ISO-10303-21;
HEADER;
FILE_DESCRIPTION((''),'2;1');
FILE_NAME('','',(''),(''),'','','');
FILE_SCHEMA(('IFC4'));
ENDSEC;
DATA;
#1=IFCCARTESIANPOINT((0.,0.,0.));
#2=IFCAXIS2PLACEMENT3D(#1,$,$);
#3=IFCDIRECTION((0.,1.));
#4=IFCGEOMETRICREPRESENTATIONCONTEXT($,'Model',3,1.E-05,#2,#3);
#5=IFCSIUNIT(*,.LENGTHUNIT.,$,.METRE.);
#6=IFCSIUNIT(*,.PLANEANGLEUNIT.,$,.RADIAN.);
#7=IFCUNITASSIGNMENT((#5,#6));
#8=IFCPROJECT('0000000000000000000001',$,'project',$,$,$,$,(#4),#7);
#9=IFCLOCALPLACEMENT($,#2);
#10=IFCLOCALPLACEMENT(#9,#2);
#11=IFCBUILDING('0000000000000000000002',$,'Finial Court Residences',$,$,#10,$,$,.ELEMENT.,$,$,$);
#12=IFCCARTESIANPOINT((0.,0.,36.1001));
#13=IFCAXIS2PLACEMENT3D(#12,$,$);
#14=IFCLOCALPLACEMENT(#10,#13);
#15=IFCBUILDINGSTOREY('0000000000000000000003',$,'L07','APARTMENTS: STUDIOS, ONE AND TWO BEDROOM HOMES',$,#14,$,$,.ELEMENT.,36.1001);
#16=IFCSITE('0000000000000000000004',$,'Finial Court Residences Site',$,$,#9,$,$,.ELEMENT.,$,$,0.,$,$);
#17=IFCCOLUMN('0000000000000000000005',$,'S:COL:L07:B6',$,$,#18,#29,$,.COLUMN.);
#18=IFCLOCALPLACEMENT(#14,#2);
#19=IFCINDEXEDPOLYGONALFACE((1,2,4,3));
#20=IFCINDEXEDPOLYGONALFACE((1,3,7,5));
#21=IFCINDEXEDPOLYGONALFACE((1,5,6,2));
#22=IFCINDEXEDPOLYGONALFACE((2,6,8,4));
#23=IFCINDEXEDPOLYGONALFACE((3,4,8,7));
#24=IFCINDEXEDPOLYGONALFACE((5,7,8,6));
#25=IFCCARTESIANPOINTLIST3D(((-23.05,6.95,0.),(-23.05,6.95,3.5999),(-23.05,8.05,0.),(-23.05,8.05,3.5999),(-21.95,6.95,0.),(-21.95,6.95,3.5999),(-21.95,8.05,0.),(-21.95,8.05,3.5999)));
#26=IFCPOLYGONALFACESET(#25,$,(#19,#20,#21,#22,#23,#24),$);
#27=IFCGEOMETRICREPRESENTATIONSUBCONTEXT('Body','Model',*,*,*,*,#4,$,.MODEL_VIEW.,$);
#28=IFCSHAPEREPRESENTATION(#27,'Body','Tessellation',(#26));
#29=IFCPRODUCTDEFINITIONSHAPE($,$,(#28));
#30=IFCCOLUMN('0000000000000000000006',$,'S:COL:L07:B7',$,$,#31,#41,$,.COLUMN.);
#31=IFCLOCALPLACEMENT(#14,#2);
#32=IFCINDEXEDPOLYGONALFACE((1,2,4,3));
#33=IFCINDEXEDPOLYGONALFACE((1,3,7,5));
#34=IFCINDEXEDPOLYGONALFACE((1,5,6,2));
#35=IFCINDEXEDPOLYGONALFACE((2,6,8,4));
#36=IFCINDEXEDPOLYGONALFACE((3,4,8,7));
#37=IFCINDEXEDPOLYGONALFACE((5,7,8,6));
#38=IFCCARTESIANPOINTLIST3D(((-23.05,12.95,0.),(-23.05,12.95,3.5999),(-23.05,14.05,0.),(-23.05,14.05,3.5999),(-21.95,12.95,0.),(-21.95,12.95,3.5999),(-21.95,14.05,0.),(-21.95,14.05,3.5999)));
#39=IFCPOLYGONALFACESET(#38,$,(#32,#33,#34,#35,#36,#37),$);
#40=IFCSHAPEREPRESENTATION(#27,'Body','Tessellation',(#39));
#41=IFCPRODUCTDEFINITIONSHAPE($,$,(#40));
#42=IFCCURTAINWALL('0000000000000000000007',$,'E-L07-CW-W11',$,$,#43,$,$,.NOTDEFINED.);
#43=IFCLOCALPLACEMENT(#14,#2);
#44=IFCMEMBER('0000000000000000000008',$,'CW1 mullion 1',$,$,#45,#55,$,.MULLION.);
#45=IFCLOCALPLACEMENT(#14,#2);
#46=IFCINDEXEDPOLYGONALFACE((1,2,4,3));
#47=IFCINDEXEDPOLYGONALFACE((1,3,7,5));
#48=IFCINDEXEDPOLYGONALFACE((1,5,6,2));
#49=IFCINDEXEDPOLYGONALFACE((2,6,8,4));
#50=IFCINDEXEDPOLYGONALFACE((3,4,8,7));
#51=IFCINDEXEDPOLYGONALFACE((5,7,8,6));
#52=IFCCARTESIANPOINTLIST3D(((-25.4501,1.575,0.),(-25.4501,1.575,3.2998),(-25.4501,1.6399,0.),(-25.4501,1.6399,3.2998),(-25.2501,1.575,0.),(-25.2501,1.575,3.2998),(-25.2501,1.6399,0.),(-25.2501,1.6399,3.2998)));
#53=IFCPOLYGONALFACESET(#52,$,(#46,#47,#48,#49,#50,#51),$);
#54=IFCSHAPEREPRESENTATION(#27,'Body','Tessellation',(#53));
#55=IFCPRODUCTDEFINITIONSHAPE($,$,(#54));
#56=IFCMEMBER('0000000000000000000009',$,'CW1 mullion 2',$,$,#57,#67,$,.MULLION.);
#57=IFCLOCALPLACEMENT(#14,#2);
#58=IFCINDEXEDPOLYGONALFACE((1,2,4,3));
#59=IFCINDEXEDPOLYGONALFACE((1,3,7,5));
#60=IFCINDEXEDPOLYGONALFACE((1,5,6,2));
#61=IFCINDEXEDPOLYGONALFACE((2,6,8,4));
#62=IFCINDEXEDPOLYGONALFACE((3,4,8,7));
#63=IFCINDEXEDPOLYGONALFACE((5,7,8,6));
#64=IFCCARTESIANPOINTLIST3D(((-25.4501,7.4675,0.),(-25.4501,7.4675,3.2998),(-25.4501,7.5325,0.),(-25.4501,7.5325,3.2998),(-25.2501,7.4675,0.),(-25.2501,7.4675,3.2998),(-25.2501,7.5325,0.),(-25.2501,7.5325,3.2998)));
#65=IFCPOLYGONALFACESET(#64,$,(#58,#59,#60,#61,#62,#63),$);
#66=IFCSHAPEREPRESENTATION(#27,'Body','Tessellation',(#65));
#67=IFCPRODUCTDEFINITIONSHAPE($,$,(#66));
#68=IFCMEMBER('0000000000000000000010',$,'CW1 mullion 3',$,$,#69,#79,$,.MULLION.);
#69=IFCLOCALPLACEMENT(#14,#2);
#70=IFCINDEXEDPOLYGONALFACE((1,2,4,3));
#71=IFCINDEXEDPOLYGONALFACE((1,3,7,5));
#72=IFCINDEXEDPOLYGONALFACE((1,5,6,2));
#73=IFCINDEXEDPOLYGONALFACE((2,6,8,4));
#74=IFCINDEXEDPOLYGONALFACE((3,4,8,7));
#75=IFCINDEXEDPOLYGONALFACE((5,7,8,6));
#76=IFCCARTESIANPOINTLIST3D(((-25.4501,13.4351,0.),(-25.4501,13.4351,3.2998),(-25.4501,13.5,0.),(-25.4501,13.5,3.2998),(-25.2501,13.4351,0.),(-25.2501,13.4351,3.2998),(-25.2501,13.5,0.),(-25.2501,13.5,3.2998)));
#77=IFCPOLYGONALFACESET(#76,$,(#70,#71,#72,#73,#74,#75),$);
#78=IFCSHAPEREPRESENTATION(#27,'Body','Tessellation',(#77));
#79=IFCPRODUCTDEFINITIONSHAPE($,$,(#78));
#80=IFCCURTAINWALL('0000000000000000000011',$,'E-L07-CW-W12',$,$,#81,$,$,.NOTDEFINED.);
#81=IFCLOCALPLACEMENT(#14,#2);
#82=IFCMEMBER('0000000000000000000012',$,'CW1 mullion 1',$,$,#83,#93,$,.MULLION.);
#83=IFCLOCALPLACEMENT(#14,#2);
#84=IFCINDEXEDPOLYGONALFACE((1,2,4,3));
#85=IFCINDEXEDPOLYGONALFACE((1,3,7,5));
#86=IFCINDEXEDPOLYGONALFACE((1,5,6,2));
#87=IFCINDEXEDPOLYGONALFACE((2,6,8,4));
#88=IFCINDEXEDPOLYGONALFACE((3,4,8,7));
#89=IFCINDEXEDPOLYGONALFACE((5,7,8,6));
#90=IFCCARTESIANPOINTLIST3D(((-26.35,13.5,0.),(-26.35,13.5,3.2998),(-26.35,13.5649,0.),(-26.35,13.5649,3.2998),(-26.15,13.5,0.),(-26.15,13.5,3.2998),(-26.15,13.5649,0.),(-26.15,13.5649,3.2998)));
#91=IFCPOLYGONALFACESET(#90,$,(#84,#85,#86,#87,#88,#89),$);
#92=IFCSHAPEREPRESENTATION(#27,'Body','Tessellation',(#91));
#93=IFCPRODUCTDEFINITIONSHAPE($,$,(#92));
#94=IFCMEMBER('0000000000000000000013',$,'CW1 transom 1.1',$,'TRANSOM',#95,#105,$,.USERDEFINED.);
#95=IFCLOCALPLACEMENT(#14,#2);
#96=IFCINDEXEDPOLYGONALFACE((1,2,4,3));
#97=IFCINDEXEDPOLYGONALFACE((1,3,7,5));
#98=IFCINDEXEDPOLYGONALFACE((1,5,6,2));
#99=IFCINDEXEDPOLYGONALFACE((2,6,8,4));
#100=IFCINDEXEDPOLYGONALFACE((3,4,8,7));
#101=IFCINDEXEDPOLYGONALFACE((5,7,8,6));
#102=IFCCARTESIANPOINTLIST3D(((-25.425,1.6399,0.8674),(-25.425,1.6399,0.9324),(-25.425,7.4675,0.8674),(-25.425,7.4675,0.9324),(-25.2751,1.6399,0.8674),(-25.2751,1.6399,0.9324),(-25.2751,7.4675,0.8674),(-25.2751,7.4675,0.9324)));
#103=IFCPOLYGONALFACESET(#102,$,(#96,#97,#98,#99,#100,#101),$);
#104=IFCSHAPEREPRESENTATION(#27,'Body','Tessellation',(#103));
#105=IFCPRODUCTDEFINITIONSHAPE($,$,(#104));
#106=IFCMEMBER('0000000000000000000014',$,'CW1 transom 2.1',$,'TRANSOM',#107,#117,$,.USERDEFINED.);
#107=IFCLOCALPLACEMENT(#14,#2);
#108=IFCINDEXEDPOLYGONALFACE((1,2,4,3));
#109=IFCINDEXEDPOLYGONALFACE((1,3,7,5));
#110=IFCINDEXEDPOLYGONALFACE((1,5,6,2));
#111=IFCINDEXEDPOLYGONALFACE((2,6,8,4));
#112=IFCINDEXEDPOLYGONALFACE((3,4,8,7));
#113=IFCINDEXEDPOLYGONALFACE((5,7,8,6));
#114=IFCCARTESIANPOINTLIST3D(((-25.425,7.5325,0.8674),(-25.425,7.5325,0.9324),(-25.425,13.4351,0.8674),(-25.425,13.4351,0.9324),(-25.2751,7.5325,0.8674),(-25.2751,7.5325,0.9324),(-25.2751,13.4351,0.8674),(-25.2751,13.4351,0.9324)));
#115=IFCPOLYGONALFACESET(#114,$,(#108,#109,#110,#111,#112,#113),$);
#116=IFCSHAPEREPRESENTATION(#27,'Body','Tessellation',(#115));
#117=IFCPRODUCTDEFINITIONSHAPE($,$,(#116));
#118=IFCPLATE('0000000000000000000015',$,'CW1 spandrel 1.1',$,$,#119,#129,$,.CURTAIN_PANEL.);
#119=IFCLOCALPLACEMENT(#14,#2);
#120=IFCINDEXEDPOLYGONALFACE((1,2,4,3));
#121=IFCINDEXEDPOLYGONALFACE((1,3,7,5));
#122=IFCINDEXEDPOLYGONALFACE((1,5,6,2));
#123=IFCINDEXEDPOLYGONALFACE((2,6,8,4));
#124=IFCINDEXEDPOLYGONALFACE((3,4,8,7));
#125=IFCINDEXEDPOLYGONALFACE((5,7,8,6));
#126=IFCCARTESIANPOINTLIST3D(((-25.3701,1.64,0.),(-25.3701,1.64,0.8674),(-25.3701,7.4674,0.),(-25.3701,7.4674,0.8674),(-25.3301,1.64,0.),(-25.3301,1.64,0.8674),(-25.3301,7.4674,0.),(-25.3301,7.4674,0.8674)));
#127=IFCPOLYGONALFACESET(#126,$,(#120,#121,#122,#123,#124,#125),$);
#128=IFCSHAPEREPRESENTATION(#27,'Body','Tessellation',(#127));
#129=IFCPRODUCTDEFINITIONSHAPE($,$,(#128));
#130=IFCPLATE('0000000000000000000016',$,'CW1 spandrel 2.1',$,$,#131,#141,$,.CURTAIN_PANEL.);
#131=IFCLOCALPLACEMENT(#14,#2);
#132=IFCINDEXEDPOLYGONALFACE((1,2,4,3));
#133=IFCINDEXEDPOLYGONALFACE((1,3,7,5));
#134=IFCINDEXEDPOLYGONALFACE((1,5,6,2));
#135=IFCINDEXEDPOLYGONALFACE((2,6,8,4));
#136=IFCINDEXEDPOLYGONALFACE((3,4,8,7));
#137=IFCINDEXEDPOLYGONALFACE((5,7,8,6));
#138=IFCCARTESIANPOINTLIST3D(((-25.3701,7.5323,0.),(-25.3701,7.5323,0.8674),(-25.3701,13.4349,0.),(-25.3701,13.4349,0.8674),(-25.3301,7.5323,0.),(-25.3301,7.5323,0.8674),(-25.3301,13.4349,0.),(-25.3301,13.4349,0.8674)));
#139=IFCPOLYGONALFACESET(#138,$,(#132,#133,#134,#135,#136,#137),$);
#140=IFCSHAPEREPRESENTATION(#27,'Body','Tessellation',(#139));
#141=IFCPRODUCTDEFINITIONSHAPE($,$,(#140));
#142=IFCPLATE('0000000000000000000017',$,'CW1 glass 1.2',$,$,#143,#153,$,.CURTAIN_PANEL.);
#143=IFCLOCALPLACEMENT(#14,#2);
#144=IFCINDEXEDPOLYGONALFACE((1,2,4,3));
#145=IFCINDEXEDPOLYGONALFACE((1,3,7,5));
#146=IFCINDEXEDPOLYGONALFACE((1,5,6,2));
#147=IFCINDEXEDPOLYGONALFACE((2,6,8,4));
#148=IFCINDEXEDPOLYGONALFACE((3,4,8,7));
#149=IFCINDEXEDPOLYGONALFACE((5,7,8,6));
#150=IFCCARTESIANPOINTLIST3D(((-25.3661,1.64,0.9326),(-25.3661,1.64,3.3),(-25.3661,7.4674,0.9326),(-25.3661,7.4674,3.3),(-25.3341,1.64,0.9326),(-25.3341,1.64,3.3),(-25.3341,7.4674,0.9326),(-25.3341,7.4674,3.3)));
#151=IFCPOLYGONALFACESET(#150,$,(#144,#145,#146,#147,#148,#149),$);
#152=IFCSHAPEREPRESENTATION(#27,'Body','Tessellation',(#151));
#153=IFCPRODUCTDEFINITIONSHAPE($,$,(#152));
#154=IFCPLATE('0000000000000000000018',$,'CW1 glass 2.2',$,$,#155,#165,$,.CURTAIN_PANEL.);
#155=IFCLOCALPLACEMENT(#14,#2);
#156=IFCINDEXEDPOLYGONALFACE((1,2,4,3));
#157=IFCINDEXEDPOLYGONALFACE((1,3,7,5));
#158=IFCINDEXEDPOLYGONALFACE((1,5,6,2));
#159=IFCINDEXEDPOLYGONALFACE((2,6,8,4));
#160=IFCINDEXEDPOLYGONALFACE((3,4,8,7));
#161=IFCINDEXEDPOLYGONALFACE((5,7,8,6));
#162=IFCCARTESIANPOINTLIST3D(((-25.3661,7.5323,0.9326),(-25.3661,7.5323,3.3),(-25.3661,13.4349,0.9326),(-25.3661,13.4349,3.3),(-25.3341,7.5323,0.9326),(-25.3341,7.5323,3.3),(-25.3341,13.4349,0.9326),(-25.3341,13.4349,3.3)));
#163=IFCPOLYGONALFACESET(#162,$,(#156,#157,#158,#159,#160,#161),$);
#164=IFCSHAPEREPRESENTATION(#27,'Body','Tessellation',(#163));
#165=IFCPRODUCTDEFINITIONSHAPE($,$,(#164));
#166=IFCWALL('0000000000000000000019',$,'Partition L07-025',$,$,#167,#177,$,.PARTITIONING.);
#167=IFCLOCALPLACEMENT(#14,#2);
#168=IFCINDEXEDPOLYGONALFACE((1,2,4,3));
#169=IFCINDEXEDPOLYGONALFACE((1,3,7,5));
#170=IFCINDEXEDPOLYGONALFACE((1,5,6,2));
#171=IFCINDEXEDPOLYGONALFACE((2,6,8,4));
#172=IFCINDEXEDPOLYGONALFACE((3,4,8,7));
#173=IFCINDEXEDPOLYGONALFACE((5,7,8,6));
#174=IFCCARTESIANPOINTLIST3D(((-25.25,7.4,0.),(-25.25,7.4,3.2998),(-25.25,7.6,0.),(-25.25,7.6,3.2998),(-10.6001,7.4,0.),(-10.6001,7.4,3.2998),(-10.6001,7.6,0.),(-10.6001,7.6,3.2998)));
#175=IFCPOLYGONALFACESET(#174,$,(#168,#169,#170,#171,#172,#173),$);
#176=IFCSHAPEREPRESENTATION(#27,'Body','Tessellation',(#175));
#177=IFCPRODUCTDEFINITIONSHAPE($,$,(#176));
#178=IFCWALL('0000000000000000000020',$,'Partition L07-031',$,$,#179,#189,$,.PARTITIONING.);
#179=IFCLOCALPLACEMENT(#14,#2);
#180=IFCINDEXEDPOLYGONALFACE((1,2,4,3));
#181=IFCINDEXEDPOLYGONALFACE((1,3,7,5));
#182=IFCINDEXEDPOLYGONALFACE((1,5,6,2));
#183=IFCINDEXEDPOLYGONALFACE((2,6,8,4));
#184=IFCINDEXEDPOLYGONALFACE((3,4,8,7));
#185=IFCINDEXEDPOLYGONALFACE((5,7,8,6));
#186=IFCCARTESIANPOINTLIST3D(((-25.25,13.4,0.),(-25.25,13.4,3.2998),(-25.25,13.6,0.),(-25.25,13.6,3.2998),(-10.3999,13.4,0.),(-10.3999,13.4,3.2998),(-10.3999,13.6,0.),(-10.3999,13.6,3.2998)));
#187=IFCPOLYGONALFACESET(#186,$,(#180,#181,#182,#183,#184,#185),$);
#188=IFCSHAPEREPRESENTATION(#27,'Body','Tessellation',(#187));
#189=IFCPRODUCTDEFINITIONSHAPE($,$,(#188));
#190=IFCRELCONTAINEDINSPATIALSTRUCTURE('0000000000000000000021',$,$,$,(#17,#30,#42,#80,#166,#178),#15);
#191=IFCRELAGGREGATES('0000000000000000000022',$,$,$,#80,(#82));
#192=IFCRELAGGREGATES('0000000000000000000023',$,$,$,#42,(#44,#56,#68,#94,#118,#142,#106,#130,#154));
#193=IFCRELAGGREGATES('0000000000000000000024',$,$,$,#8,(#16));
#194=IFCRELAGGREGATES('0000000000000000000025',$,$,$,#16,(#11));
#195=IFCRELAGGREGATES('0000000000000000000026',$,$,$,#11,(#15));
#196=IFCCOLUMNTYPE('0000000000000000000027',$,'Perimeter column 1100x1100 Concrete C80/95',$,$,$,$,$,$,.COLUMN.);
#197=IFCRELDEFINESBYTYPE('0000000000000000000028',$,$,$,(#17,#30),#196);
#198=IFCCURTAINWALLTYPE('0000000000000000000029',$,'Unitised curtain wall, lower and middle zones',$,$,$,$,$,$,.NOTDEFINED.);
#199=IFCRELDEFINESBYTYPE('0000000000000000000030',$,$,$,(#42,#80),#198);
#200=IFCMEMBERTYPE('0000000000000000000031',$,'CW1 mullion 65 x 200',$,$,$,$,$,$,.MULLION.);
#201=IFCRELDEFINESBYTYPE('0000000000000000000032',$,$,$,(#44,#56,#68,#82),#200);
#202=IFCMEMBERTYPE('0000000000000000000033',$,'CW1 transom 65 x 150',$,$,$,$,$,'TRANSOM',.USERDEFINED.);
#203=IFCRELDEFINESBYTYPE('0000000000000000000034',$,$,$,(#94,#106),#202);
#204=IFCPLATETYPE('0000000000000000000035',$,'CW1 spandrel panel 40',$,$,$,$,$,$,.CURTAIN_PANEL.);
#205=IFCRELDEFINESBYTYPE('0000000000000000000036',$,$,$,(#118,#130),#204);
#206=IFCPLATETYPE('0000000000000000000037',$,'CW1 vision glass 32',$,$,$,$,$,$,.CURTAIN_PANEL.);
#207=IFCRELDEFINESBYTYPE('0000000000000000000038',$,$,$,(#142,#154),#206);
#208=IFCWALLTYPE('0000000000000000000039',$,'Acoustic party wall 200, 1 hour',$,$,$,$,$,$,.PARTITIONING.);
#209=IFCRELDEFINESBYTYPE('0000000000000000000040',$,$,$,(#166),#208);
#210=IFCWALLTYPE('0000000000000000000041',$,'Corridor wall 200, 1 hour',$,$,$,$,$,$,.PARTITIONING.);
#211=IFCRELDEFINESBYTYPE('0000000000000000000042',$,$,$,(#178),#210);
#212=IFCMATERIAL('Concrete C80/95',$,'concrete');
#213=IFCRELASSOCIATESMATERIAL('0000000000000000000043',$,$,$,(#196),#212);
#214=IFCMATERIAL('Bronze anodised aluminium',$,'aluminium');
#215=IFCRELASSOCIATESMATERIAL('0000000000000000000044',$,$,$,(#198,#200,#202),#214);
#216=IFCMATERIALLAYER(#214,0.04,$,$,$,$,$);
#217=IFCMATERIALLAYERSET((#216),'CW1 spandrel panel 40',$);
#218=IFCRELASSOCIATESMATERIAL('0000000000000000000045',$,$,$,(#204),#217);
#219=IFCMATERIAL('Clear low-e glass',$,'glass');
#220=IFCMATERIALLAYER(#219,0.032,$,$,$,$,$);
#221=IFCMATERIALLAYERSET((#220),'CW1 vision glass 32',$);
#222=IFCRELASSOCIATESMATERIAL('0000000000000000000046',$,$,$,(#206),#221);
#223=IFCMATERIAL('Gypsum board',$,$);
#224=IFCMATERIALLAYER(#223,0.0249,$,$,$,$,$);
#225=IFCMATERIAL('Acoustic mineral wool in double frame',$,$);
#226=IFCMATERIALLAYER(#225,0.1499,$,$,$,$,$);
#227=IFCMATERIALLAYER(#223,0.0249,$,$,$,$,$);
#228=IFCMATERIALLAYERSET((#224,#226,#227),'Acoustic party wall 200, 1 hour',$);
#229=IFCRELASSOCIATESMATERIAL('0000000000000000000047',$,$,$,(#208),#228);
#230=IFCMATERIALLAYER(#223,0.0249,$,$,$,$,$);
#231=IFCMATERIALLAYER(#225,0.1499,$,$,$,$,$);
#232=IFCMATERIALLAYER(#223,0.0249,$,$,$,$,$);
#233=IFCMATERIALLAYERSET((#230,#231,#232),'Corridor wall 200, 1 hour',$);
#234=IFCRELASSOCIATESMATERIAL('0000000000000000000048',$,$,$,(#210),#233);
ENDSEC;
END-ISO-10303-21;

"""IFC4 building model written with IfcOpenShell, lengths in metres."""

from ifc_helpers import new_model, si_unit, direction, frame, frame_2d, origin, origin_2d, place, context, subcontext, project, spatial, rectangle, extrude, material, layer, layer_set, material_profile, profile_set, type_object, element, aggregate, save


model = new_model("IFC4")

# Units and contexts
model_context = context("Model", 3, precision=1e-05, world=origin(), true_north=direction((0.0, 1.0)))
body_context = subcontext(model_context, "Body", "Model", "MODEL_VIEW")
ifc_project = project(units=[si_unit("LENGTHUNIT", "METRE"), si_unit("PLANEANGLEUNIT", "RADIAN")], contexts=[model_context])

# Site, building, storey
site_placement = place(None, origin())
site = spatial("IfcSite", under=ifc_project, at=site_placement, Name="Finial Court Residences Site", CompositionType="ELEMENT", RefElevation=0.0)
building_placement = place(site_placement, origin())
building = spatial("IfcBuilding", under=site, at=building_placement, Name="Finial Court Residences", CompositionType="ELEMENT")
storey_placement = place(building_placement, frame((0.0, 0.0, 36.1001)))
storey = spatial("IfcBuildingStorey", under=building, at=storey_placement, Name="L07", Description="APARTMENTS: STUDIOS, ONE AND TWO BEDROOM HOMES", CompositionType="ELEMENT", Elevation=36.1001)

# Columns
ifc_material_1 = material(Name="Concrete C80/95", Category="concrete")
ifc_material_profile_1 = material_profile(ifc_material_1, rectangle(XDim=1.1001, YDim=1.1001, at=origin_2d()), Name="1100x1100")
ifc_profile_set_1 = profile_set([ifc_material_profile_1], Name="Concrete C80/95")
column_type = type_object("IfcColumnType", Name="Perimeter column 1100x1100 Concrete C80/95", PredefinedType="COLUMN", material=ifc_profile_set_1)
for number, where, z_axis, x_axis, name in (
    (1, (-22.5, 7.5, 0.0), (0.0, 0.0, 1.0), (1.0, 0.0, 0.0), "S:COL:L07:B6"),
    (2, (-22.5, 13.5, 0.0), (0.0, 0.0, 1.0), (1.0, 0.0, 0.0), "S:COL:L07:B7"),
):
    element("IfcColumn", number, at=place(storey_placement, frame(where, z_axis=z_axis, x_axis=x_axis)), inside=storey, type_object=column_type, Name=name, PredefinedType="COLUMN", context=body_context, shape_type="SweptSolid", body=[
        extrude(rectangle(XDim=1.1001, YDim=1.1001, at=origin_2d()), origin(), (0.0, 0.0, 1.0), 3.5999),
    ])

# Curtain wall, members
ifc_material_2 = material(Name="Bronze anodised aluminium", Category="aluminium")
curtain_wall_type = type_object("IfcCurtainWallType", Name="Unitised curtain wall, lower and middle zones", PredefinedType="NOTDEFINED", material=ifc_material_2)
curtain_wall_1_placement = place(storey_placement, origin())
curtain_wall_1 = element("IfcCurtainWall", 3, at=curtain_wall_1_placement, inside=storey, type_object=curtain_wall_type, Name="E-L07-CW-W11", PredefinedType="NOTDEFINED")
ifc_material_profile_2 = material_profile(ifc_material_2, rectangle(XDim=0.2, YDim=0.0649, at=origin_2d()), Name="CW1 mullion 65 x 200")
ifc_profile_set_2 = profile_set([ifc_material_profile_2], Name="Bronze anodised aluminium")
member_type_1 = type_object("IfcMemberType", Name="CW1 mullion 65 x 200", PredefinedType="MULLION", material=ifc_profile_set_2)
member_1_placement = place(storey_placement, frame((-25.3501, 1.6074, 0.0), z_axis=(0.0, 0.0, 1.0), x_axis=(-1.0, 0.0, 0.0)))
member_1 = element("IfcMember", 4, at=member_1_placement, type_object=member_type_1, Name="CW1 mullion 1", PredefinedType="MULLION", context=body_context, shape_type="SweptSolid", body=[
    extrude(rectangle(XDim=0.2, YDim=0.0649, at=origin_2d()), origin(), (0.0, 0.0, 1.0), 3.2998),
])
member_2_placement = place(storey_placement, frame((-25.3501, 7.5, 0.0), z_axis=(0.0, 0.0, 1.0), x_axis=(-1.0, 0.0, 0.0)))
member_2 = element("IfcMember", 5, at=member_2_placement, type_object=member_type_1, Name="CW1 mullion 2", PredefinedType="MULLION", context=body_context, shape_type="SweptSolid", body=[
    extrude(rectangle(XDim=0.2, YDim=0.0649, at=origin_2d()), origin(), (0.0, 0.0, 1.0), 3.2998),
])
member_3_placement = place(storey_placement, frame((-25.3501, 13.4675, 0.0), z_axis=(0.0, 0.0, 1.0), x_axis=(-1.0, 0.0, 0.0)))
member_3 = element("IfcMember", 6, at=member_3_placement, type_object=member_type_1, Name="CW1 mullion 3", PredefinedType="MULLION", context=body_context, shape_type="SweptSolid", body=[
    extrude(rectangle(XDim=0.2, YDim=0.0649, at=origin_2d()), origin(), (0.0, 0.0, 1.0), 3.2998),
])

# Curtain wall, member
curtain_wall_2_placement = place(storey_placement, origin())
curtain_wall_2 = element("IfcCurtainWall", 7, at=curtain_wall_2_placement, inside=storey, type_object=curtain_wall_type, Name="E-L07-CW-W12", PredefinedType="NOTDEFINED")
member_4_placement = place(storey_placement, frame((-26.25, 13.5325, 0.0), z_axis=(0.0, 0.0, 1.0), x_axis=(-1.0, 0.0, 0.0)))
member_4 = element("IfcMember", 8, at=member_4_placement, type_object=member_type_1, Name="CW1 mullion 1", PredefinedType="MULLION", context=body_context, shape_type="SweptSolid", body=[
    extrude(rectangle(XDim=0.2, YDim=0.0649, at=origin_2d()), origin(), (0.0, 0.0, 1.0), 3.2998),
])
aggregate(curtain_wall_2, [member_4])

# Members
ifc_material_profile_3 = material_profile(ifc_material_2, rectangle(XDim=0.1499, YDim=0.0649, at=origin_2d()), Name="CW1 transom 65 x 150")
ifc_profile_set_3 = profile_set([ifc_material_profile_3], Name="Bronze anodised aluminium")
member_type_2 = type_object("IfcMemberType", Name="CW1 transom 65 x 150", ElementType="TRANSOM", PredefinedType="USERDEFINED", material=ifc_profile_set_3)
member_5_placement = place(storey_placement, frame((-25.3501, 1.6399, 0.8999), z_axis=(0.0, 1.0, 0.0), x_axis=(-1.0, 0.0, 0.0)))
member_5 = element("IfcMember", 9, at=member_5_placement, type_object=member_type_2, Name="CW1 transom 1.1", ObjectType="TRANSOM", PredefinedType="USERDEFINED", context=body_context, shape_type="SweptSolid", body=[
    extrude(rectangle(XDim=0.1499, YDim=0.0649, at=origin_2d()), origin(), (0.0, 0.0, 1.0), 5.8276),
])
member_6_placement = place(storey_placement, frame((-25.3501, 7.5325, 0.8999), z_axis=(0.0, 1.0, 0.0), x_axis=(-1.0, 0.0, 0.0)))
member_6 = element("IfcMember", 10, at=member_6_placement, type_object=member_type_2, Name="CW1 transom 2.1", ObjectType="TRANSOM", PredefinedType="USERDEFINED", context=body_context, shape_type="SweptSolid", body=[
    extrude(rectangle(XDim=0.1499, YDim=0.0649, at=origin_2d()), origin(), (0.0, 0.0, 1.0), 5.9026),
])

# Plates
ifc_layer_1 = layer(ifc_material_2, 0.04)
ifc_layer_set_1 = layer_set([ifc_layer_1], Name="CW1 spandrel panel 40")
plate_type_1 = type_object("IfcPlateType", Name="CW1 spandrel panel 40", PredefinedType="CURTAIN_PANEL", material=ifc_layer_set_1)
plate_1_placement = place(storey_placement, frame((-25.3501, 4.5537, 0.0), z_axis=(0.0, 0.0, 1.0), x_axis=(0.0, 1.0, 0.0)))
plate_1 = element("IfcPlate", 11, at=plate_1_placement, type_object=plate_type_1, Name="CW1 spandrel 1.1", PredefinedType="CURTAIN_PANEL", context=body_context, shape_type="SweptSolid", body=[
    extrude(rectangle(XDim=5.8274, YDim=0.04, at=origin_2d()), origin(), (0.0, 0.0, 1.0), 0.8674),
])
plate_2_placement = place(storey_placement, frame((-25.3501, 10.4836, 0.0), z_axis=(0.0, 0.0, 1.0), x_axis=(0.0, 1.0, 0.0)))
plate_2 = element("IfcPlate", 12, at=plate_2_placement, type_object=plate_type_1, Name="CW1 spandrel 2.1", PredefinedType="CURTAIN_PANEL", context=body_context, shape_type="SweptSolid", body=[
    extrude(rectangle(XDim=5.9026, YDim=0.04, at=origin_2d()), origin(), (0.0, 0.0, 1.0), 0.8674),
])
ifc_material_3 = material(Name="Clear low-e glass", Category="glass")
ifc_layer_2 = layer(ifc_material_3, 0.032)
ifc_layer_set_2 = layer_set([ifc_layer_2], Name="CW1 vision glass 32")
plate_type_2 = type_object("IfcPlateType", Name="CW1 vision glass 32", PredefinedType="CURTAIN_PANEL", material=ifc_layer_set_2)
plate_3_placement = place(storey_placement, frame((-25.3501, 4.5537, 0.9326), z_axis=(0.0, 0.0, 1.0), x_axis=(0.0, 1.0, 0.0)))
plate_3 = element("IfcPlate", 13, at=plate_3_placement, type_object=plate_type_2, Name="CW1 glass 1.2", PredefinedType="CURTAIN_PANEL", context=body_context, shape_type="SweptSolid", body=[
    extrude(rectangle(XDim=5.8274, YDim=0.032, at=origin_2d()), origin(), (0.0, 0.0, 1.0), 2.3674),
])
plate_4_placement = place(storey_placement, frame((-25.3501, 10.4836, 0.9326), z_axis=(0.0, 0.0, 1.0), x_axis=(0.0, 1.0, 0.0)))
plate_4 = element("IfcPlate", 14, at=plate_4_placement, type_object=plate_type_2, Name="CW1 glass 2.2", PredefinedType="CURTAIN_PANEL", context=body_context, shape_type="SweptSolid", body=[
    extrude(rectangle(XDim=5.9026, YDim=0.032, at=origin_2d()), origin(), (0.0, 0.0, 1.0), 2.3674),
])
aggregate(curtain_wall_1, [member_1, member_2, member_3, member_5, plate_1, plate_3, member_6, plate_2, plate_4])

# Walls
ifc_material_4 = material(Name="Gypsum board")
ifc_layer_3 = layer(ifc_material_4, 0.0249)
ifc_material_5 = material(Name="Acoustic mineral wool in double frame")
ifc_layer_4 = layer(ifc_material_5, 0.1499)
ifc_layer_5 = layer(ifc_material_4, 0.0249)
ifc_layer_set_3 = layer_set([ifc_layer_3, ifc_layer_4, ifc_layer_5], Name="Acoustic party wall 200, 1 hour")
wall_type_1 = type_object("IfcWallType", Name="Acoustic party wall 200, 1 hour", PredefinedType="PARTITIONING", material=ifc_layer_set_3)
wall_1_placement = place(storey_placement, frame((-25.25, 7.5, 0.0), z_axis=(0.0, 0.0, 1.0), x_axis=(1.0, 0.0, 0.0)))
element("IfcWall", 15, at=wall_1_placement, inside=storey, type_object=wall_type_1, Name="Partition L07-025", PredefinedType="PARTITIONING", context=body_context, shape_type="SweptSolid", body=[
    extrude(rectangle(XDim=14.6499, YDim=0.2, at=frame_2d((7.325, 0.0))), origin(), (0.0, 0.0, 1.0), 3.2998),
])
ifc_layer_6 = layer(ifc_material_4, 0.0249)
ifc_layer_7 = layer(ifc_material_5, 0.1499)
ifc_layer_8 = layer(ifc_material_4, 0.0249)
ifc_layer_set_4 = layer_set([ifc_layer_6, ifc_layer_7, ifc_layer_8], Name="Corridor wall 200, 1 hour")
wall_type_2 = type_object("IfcWallType", Name="Corridor wall 200, 1 hour", PredefinedType="PARTITIONING", material=ifc_layer_set_4)
wall_2_placement = place(storey_placement, frame((-25.25, 13.5, 0.0), z_axis=(0.0, 0.0, 1.0), x_axis=(1.0, 0.0, 0.0)))
element("IfcWall", 16, at=wall_2_placement, inside=storey, type_object=wall_type_2, Name="Partition L07-031", PredefinedType="PARTITIONING", context=body_context, shape_type="SweptSolid", body=[
    extrude(rectangle(XDim=14.8501, YDim=0.2, at=frame_2d((7.425, 0.0))), origin(), (0.0, 0.0, 1.0), 3.2998),
])

save(model, "model.ifc")
